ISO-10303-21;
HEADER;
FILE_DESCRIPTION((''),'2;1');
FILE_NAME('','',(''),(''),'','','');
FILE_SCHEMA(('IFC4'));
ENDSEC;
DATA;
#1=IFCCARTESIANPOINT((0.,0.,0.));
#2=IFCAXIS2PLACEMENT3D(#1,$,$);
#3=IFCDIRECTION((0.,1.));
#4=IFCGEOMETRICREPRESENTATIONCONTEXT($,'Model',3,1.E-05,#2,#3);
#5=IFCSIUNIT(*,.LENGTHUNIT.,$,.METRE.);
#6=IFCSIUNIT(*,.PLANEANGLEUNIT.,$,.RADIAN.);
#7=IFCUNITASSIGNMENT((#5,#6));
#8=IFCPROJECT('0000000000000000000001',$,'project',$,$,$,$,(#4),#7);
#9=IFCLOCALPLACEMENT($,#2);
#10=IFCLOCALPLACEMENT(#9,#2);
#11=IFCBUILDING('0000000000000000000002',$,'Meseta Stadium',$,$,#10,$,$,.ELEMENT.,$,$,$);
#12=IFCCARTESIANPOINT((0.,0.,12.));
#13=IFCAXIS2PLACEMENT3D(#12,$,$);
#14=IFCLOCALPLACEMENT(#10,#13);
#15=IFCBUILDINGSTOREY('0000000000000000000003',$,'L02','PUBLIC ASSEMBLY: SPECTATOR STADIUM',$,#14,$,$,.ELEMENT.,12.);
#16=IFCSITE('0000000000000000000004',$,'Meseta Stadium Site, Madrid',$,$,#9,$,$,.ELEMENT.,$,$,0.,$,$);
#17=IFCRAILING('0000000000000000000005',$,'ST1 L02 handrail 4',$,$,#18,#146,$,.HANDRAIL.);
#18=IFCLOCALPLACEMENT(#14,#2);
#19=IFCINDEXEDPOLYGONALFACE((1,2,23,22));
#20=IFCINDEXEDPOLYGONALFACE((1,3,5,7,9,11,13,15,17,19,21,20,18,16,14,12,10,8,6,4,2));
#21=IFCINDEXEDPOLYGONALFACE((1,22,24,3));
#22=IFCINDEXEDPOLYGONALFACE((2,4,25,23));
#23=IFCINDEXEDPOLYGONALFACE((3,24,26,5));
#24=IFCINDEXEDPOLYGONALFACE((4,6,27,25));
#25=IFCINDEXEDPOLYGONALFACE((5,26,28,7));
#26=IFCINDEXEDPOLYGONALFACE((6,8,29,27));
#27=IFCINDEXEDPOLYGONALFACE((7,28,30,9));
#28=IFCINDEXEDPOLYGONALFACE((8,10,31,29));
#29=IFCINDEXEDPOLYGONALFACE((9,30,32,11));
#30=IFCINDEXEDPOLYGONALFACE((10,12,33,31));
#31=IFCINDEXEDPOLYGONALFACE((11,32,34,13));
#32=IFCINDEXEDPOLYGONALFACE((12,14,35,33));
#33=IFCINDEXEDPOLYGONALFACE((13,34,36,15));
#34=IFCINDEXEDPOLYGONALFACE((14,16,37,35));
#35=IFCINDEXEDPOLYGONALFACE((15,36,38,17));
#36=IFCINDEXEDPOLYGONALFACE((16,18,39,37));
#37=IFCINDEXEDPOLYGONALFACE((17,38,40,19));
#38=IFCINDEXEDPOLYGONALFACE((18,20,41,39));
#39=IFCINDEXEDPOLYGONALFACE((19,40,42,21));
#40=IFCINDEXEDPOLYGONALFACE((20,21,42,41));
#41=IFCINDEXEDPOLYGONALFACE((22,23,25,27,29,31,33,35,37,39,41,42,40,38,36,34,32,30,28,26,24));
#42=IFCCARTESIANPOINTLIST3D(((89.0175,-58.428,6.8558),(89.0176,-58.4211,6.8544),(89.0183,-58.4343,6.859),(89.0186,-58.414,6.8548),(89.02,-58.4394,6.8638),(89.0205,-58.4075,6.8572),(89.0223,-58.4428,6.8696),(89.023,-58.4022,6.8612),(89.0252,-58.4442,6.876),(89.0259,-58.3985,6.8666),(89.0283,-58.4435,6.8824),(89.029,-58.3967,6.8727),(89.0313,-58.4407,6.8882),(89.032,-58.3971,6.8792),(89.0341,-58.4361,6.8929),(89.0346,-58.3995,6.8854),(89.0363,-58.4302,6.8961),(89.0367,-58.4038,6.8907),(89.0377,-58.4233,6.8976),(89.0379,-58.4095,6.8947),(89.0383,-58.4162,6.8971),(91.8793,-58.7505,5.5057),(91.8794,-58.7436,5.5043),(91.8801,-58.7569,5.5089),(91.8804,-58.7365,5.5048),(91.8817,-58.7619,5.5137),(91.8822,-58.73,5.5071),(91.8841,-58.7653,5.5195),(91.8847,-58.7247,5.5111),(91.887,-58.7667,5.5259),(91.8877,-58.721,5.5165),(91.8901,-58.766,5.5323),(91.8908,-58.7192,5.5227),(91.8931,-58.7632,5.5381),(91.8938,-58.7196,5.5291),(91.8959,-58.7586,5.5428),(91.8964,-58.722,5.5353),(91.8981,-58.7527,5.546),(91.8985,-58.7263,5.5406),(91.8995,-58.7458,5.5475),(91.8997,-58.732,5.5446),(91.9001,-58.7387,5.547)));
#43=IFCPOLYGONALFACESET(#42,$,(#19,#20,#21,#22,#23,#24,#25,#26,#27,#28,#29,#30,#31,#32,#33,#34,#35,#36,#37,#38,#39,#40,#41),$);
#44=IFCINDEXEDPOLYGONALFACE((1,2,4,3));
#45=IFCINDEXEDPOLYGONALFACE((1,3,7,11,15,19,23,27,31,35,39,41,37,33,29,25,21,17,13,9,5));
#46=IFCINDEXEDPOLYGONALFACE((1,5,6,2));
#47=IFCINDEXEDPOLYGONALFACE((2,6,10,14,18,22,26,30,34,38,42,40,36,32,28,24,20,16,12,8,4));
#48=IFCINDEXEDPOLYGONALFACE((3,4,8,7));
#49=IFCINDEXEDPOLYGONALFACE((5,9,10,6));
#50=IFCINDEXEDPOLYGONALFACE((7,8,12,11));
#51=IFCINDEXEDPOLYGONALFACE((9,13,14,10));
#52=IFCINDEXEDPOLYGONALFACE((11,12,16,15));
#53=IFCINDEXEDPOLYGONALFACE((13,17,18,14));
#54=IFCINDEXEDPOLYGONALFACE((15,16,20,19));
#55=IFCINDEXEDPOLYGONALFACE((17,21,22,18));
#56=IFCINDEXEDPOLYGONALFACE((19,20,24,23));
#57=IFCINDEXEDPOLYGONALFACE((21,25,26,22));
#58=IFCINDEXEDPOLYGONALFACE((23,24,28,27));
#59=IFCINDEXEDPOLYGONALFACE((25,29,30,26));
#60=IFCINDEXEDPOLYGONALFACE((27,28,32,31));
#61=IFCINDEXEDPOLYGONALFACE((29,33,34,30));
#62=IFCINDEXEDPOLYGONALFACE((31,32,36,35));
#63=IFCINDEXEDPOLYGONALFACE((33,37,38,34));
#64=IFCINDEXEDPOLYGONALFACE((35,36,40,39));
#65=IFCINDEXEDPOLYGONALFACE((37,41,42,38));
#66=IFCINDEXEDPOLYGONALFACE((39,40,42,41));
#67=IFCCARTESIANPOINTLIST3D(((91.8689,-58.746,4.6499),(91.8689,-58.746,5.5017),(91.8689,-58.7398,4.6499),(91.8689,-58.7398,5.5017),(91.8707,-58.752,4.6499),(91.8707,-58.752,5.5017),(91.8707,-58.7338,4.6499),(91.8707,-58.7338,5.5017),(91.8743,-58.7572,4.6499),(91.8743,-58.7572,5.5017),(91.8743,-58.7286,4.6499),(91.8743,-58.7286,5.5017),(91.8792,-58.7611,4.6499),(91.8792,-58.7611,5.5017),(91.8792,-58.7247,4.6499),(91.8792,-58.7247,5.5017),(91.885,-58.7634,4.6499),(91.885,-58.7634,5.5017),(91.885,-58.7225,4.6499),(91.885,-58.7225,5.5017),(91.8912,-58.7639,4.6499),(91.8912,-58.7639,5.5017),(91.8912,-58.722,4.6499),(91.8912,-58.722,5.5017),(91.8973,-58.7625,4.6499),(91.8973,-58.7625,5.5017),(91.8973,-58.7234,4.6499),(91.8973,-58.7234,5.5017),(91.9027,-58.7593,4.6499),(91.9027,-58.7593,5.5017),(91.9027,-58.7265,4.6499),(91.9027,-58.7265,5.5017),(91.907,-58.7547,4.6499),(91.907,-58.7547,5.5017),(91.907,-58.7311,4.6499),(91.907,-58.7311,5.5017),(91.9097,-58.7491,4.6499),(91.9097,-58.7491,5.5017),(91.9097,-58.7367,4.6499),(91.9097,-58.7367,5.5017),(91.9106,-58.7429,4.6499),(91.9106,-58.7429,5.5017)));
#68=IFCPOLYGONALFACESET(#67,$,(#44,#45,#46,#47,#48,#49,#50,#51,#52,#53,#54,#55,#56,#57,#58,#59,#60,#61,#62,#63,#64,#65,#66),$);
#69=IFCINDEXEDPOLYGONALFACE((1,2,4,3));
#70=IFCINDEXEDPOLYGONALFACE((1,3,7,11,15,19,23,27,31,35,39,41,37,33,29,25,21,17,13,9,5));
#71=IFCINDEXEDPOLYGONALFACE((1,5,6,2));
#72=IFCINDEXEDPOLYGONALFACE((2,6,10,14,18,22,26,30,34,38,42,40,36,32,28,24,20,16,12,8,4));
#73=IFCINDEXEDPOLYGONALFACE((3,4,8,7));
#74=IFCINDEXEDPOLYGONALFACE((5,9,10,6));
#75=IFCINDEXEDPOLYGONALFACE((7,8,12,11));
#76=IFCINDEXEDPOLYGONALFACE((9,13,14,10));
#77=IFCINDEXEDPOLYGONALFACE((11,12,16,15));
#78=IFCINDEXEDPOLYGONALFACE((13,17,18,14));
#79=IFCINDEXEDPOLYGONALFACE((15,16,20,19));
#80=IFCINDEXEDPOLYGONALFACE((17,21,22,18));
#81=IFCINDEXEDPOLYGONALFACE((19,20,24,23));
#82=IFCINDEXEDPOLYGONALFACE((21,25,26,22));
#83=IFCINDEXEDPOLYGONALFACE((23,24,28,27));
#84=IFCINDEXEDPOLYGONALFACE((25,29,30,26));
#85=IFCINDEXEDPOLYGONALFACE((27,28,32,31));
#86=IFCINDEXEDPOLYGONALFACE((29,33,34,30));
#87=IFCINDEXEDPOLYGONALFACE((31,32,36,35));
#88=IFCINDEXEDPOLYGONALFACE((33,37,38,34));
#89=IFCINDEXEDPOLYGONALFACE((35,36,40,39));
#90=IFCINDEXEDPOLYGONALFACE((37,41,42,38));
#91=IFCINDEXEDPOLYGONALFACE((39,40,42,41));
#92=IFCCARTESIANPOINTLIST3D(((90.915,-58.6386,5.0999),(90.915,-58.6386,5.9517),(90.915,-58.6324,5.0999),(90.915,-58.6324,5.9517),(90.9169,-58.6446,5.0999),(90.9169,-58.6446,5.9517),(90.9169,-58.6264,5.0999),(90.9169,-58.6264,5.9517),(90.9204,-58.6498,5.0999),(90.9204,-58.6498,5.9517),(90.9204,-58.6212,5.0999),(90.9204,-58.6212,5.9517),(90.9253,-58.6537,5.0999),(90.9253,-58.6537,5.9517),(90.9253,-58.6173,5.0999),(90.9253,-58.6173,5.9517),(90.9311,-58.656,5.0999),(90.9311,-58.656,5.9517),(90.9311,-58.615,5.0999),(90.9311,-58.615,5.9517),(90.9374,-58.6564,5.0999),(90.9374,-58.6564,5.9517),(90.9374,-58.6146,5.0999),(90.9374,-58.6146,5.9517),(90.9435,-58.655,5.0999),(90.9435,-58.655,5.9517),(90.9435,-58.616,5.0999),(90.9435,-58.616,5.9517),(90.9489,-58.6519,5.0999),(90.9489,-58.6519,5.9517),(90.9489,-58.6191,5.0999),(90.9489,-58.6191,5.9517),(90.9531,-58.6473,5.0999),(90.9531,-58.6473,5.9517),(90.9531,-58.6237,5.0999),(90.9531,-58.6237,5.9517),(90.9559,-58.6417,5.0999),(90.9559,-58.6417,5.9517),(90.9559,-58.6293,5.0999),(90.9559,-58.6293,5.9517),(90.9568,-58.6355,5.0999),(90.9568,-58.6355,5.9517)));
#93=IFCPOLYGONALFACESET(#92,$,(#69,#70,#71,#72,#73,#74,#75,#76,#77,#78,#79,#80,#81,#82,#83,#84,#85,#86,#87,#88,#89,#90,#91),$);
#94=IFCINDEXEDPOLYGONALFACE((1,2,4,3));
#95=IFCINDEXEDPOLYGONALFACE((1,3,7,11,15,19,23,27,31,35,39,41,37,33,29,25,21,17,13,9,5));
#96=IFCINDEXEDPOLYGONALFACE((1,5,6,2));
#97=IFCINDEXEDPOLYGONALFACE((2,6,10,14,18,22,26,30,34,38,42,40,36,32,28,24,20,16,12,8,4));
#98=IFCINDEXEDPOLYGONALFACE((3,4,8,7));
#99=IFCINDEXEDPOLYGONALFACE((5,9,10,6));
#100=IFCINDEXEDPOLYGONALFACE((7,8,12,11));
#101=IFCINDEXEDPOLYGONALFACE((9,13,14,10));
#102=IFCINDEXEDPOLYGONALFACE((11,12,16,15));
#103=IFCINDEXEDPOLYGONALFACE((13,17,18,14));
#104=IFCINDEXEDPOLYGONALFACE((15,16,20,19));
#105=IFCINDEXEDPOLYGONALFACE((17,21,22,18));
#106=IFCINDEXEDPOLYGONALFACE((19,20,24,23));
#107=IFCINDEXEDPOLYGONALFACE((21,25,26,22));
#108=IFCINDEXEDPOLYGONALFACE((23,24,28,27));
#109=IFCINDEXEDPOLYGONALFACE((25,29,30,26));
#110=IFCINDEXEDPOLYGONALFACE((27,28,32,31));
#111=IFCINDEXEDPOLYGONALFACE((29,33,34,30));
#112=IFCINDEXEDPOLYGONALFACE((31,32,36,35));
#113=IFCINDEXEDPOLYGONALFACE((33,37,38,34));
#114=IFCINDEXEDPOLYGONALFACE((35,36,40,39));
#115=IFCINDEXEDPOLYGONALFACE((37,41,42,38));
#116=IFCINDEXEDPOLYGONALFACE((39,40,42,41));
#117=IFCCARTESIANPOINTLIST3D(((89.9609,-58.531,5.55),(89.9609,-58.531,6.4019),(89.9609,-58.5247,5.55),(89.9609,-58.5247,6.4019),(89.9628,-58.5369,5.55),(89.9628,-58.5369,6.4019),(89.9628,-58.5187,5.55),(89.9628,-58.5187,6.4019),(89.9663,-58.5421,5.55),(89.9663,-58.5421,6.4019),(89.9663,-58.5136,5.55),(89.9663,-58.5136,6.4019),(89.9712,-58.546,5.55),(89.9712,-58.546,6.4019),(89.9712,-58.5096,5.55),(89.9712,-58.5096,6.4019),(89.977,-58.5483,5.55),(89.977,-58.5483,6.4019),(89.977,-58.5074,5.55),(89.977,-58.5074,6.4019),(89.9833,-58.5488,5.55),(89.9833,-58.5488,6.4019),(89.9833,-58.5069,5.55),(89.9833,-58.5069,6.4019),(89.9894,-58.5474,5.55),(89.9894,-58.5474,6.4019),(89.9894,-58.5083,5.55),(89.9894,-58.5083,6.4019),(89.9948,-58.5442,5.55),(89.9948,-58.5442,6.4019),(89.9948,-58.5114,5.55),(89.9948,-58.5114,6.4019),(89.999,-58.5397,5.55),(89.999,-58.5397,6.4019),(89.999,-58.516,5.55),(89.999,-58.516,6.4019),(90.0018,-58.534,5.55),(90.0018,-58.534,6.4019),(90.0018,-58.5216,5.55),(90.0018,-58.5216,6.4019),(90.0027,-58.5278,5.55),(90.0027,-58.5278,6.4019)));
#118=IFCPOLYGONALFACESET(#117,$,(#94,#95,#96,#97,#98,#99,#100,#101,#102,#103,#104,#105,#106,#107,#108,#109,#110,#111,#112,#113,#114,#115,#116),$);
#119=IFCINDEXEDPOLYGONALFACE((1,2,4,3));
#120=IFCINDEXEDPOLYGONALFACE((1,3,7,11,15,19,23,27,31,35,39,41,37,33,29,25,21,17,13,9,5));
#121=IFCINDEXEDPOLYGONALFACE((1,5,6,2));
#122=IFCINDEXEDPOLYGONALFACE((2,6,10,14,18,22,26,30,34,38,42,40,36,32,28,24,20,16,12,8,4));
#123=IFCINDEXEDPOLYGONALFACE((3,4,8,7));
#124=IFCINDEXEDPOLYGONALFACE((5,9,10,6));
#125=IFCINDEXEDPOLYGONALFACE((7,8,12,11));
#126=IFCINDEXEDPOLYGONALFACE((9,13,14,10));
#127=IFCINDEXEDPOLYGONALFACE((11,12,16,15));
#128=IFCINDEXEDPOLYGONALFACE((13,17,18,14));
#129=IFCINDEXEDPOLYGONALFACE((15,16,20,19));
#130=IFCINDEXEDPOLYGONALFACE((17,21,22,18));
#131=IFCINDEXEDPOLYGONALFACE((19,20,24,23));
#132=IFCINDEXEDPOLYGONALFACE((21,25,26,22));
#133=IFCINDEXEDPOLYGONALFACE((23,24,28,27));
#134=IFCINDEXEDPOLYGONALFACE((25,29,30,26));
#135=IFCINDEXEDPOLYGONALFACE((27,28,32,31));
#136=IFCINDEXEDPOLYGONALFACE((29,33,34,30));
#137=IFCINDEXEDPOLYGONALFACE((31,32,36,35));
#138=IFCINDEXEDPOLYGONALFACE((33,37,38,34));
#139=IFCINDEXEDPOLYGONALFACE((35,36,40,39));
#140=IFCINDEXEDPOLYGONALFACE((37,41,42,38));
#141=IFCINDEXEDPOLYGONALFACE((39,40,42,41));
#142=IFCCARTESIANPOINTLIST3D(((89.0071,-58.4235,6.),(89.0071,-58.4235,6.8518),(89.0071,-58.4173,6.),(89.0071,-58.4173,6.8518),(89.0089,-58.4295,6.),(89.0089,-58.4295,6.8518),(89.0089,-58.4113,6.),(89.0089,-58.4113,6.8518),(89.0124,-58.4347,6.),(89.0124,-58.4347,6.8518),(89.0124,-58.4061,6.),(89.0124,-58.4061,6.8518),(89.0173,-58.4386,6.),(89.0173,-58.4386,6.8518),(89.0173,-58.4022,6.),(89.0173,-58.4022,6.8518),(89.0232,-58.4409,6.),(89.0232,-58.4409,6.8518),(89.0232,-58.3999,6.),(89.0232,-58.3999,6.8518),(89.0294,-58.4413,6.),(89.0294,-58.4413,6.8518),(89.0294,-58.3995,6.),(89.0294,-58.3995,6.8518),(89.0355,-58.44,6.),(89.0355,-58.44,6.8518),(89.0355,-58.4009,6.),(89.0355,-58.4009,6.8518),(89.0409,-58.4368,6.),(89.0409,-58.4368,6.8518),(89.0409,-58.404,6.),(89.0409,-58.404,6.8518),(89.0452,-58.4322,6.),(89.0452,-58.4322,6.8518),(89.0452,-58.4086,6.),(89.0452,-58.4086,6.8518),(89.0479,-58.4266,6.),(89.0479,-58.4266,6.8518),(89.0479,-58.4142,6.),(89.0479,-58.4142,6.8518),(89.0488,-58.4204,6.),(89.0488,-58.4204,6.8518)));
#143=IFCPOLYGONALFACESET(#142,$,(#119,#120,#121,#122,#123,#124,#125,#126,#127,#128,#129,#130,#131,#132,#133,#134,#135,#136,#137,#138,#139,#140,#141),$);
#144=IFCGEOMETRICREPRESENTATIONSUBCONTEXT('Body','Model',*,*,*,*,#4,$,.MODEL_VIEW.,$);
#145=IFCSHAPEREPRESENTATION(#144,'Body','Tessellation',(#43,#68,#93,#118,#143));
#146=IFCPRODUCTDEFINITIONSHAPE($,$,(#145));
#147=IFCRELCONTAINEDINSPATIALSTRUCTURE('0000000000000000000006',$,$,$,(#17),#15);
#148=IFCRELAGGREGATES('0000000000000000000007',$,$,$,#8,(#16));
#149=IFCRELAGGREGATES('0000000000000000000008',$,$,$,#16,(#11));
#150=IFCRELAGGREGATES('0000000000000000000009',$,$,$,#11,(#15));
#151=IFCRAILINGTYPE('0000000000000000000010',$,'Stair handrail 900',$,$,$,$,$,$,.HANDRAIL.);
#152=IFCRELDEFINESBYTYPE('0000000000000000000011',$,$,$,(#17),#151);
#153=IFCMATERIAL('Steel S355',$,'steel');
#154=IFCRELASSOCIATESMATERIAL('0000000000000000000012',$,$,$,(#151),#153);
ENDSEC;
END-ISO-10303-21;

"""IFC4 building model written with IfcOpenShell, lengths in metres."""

from ifc_helpers import new_model, si_unit, direction, frame, origin, origin_2d, place, context, subcontext, project, spatial, circle, extrude, material, type_object, element, save


model = new_model("IFC4")

# Units and contexts
model_context = context("Model", 3, precision=1e-05, world=origin(), true_north=direction((0.0, 1.0)))
body_context = subcontext(model_context, "Body", "Model", "MODEL_VIEW")
ifc_project = project(units=[si_unit("LENGTHUNIT", "METRE"), si_unit("PLANEANGLEUNIT", "RADIAN")], contexts=[model_context])

# Site, building, storey
site_placement = place(None, origin())
site = spatial("IfcSite", under=ifc_project, at=site_placement, Name="Meseta Stadium Site, Madrid", CompositionType="ELEMENT", RefElevation=0.0)
building_placement = place(site_placement, origin())
building = spatial("IfcBuilding", under=site, at=building_placement, Name="Meseta Stadium", CompositionType="ELEMENT")
storey_placement = place(building_placement, frame((0.0, 0.0, 12.0)))
storey = spatial("IfcBuildingStorey", under=building, at=storey_placement, Name="L02", Description="PUBLIC ASSEMBLY: SPECTATOR STADIUM", CompositionType="ELEMENT", Elevation=12.0)

# Railing
ifc_material_1 = material(Name="Steel S355", Category="steel")
railing_type_1 = type_object("IfcRailingType", Name="Stair handrail 900", PredefinedType="HANDRAIL", material=ifc_material_1)
for number, where, name in (
    (1, (91.8896, -58.7429, 4.6499), "ST1 L02 handrail 4"),
):
    element("IfcRailing", number, at=place(storey_placement, frame(where)), inside=storey, type_object=railing_type_1, Name=name, PredefinedType="HANDRAIL", context=body_context, shape_type="SweptSolid", body=[
        extrude(circle(Radius=0.0239, at=origin_2d()), frame((0.0, 0.0, 0.876), z_axis=(-0.899748, 0.101396, 0.424467), x_axis=(-0.111985, -0.99371, 0.0)), (0.0, 0.0, 1.0), 3.1807),
        extrude(circle(Radius=0.021, at=origin_2d()), origin(), (0.0, 0.0, 1.0), 0.8518),
        extrude(circle(Radius=0.021, at=origin_2d()), frame((-0.9539, 0.1074, 0.45)), (0.0, 0.0, 1.0), 0.8518),
        extrude(circle(Radius=0.021, at=origin_2d()), frame((-1.908, 0.2151, 0.9001)), (0.0, 0.0, 1.0), 0.8518),
        extrude(circle(Radius=0.021, at=origin_2d()), frame((-2.8618, 0.3225, 1.3501)), (0.0, 0.0, 1.0), 0.8518),
    ])

save(model, "model.ifc")
